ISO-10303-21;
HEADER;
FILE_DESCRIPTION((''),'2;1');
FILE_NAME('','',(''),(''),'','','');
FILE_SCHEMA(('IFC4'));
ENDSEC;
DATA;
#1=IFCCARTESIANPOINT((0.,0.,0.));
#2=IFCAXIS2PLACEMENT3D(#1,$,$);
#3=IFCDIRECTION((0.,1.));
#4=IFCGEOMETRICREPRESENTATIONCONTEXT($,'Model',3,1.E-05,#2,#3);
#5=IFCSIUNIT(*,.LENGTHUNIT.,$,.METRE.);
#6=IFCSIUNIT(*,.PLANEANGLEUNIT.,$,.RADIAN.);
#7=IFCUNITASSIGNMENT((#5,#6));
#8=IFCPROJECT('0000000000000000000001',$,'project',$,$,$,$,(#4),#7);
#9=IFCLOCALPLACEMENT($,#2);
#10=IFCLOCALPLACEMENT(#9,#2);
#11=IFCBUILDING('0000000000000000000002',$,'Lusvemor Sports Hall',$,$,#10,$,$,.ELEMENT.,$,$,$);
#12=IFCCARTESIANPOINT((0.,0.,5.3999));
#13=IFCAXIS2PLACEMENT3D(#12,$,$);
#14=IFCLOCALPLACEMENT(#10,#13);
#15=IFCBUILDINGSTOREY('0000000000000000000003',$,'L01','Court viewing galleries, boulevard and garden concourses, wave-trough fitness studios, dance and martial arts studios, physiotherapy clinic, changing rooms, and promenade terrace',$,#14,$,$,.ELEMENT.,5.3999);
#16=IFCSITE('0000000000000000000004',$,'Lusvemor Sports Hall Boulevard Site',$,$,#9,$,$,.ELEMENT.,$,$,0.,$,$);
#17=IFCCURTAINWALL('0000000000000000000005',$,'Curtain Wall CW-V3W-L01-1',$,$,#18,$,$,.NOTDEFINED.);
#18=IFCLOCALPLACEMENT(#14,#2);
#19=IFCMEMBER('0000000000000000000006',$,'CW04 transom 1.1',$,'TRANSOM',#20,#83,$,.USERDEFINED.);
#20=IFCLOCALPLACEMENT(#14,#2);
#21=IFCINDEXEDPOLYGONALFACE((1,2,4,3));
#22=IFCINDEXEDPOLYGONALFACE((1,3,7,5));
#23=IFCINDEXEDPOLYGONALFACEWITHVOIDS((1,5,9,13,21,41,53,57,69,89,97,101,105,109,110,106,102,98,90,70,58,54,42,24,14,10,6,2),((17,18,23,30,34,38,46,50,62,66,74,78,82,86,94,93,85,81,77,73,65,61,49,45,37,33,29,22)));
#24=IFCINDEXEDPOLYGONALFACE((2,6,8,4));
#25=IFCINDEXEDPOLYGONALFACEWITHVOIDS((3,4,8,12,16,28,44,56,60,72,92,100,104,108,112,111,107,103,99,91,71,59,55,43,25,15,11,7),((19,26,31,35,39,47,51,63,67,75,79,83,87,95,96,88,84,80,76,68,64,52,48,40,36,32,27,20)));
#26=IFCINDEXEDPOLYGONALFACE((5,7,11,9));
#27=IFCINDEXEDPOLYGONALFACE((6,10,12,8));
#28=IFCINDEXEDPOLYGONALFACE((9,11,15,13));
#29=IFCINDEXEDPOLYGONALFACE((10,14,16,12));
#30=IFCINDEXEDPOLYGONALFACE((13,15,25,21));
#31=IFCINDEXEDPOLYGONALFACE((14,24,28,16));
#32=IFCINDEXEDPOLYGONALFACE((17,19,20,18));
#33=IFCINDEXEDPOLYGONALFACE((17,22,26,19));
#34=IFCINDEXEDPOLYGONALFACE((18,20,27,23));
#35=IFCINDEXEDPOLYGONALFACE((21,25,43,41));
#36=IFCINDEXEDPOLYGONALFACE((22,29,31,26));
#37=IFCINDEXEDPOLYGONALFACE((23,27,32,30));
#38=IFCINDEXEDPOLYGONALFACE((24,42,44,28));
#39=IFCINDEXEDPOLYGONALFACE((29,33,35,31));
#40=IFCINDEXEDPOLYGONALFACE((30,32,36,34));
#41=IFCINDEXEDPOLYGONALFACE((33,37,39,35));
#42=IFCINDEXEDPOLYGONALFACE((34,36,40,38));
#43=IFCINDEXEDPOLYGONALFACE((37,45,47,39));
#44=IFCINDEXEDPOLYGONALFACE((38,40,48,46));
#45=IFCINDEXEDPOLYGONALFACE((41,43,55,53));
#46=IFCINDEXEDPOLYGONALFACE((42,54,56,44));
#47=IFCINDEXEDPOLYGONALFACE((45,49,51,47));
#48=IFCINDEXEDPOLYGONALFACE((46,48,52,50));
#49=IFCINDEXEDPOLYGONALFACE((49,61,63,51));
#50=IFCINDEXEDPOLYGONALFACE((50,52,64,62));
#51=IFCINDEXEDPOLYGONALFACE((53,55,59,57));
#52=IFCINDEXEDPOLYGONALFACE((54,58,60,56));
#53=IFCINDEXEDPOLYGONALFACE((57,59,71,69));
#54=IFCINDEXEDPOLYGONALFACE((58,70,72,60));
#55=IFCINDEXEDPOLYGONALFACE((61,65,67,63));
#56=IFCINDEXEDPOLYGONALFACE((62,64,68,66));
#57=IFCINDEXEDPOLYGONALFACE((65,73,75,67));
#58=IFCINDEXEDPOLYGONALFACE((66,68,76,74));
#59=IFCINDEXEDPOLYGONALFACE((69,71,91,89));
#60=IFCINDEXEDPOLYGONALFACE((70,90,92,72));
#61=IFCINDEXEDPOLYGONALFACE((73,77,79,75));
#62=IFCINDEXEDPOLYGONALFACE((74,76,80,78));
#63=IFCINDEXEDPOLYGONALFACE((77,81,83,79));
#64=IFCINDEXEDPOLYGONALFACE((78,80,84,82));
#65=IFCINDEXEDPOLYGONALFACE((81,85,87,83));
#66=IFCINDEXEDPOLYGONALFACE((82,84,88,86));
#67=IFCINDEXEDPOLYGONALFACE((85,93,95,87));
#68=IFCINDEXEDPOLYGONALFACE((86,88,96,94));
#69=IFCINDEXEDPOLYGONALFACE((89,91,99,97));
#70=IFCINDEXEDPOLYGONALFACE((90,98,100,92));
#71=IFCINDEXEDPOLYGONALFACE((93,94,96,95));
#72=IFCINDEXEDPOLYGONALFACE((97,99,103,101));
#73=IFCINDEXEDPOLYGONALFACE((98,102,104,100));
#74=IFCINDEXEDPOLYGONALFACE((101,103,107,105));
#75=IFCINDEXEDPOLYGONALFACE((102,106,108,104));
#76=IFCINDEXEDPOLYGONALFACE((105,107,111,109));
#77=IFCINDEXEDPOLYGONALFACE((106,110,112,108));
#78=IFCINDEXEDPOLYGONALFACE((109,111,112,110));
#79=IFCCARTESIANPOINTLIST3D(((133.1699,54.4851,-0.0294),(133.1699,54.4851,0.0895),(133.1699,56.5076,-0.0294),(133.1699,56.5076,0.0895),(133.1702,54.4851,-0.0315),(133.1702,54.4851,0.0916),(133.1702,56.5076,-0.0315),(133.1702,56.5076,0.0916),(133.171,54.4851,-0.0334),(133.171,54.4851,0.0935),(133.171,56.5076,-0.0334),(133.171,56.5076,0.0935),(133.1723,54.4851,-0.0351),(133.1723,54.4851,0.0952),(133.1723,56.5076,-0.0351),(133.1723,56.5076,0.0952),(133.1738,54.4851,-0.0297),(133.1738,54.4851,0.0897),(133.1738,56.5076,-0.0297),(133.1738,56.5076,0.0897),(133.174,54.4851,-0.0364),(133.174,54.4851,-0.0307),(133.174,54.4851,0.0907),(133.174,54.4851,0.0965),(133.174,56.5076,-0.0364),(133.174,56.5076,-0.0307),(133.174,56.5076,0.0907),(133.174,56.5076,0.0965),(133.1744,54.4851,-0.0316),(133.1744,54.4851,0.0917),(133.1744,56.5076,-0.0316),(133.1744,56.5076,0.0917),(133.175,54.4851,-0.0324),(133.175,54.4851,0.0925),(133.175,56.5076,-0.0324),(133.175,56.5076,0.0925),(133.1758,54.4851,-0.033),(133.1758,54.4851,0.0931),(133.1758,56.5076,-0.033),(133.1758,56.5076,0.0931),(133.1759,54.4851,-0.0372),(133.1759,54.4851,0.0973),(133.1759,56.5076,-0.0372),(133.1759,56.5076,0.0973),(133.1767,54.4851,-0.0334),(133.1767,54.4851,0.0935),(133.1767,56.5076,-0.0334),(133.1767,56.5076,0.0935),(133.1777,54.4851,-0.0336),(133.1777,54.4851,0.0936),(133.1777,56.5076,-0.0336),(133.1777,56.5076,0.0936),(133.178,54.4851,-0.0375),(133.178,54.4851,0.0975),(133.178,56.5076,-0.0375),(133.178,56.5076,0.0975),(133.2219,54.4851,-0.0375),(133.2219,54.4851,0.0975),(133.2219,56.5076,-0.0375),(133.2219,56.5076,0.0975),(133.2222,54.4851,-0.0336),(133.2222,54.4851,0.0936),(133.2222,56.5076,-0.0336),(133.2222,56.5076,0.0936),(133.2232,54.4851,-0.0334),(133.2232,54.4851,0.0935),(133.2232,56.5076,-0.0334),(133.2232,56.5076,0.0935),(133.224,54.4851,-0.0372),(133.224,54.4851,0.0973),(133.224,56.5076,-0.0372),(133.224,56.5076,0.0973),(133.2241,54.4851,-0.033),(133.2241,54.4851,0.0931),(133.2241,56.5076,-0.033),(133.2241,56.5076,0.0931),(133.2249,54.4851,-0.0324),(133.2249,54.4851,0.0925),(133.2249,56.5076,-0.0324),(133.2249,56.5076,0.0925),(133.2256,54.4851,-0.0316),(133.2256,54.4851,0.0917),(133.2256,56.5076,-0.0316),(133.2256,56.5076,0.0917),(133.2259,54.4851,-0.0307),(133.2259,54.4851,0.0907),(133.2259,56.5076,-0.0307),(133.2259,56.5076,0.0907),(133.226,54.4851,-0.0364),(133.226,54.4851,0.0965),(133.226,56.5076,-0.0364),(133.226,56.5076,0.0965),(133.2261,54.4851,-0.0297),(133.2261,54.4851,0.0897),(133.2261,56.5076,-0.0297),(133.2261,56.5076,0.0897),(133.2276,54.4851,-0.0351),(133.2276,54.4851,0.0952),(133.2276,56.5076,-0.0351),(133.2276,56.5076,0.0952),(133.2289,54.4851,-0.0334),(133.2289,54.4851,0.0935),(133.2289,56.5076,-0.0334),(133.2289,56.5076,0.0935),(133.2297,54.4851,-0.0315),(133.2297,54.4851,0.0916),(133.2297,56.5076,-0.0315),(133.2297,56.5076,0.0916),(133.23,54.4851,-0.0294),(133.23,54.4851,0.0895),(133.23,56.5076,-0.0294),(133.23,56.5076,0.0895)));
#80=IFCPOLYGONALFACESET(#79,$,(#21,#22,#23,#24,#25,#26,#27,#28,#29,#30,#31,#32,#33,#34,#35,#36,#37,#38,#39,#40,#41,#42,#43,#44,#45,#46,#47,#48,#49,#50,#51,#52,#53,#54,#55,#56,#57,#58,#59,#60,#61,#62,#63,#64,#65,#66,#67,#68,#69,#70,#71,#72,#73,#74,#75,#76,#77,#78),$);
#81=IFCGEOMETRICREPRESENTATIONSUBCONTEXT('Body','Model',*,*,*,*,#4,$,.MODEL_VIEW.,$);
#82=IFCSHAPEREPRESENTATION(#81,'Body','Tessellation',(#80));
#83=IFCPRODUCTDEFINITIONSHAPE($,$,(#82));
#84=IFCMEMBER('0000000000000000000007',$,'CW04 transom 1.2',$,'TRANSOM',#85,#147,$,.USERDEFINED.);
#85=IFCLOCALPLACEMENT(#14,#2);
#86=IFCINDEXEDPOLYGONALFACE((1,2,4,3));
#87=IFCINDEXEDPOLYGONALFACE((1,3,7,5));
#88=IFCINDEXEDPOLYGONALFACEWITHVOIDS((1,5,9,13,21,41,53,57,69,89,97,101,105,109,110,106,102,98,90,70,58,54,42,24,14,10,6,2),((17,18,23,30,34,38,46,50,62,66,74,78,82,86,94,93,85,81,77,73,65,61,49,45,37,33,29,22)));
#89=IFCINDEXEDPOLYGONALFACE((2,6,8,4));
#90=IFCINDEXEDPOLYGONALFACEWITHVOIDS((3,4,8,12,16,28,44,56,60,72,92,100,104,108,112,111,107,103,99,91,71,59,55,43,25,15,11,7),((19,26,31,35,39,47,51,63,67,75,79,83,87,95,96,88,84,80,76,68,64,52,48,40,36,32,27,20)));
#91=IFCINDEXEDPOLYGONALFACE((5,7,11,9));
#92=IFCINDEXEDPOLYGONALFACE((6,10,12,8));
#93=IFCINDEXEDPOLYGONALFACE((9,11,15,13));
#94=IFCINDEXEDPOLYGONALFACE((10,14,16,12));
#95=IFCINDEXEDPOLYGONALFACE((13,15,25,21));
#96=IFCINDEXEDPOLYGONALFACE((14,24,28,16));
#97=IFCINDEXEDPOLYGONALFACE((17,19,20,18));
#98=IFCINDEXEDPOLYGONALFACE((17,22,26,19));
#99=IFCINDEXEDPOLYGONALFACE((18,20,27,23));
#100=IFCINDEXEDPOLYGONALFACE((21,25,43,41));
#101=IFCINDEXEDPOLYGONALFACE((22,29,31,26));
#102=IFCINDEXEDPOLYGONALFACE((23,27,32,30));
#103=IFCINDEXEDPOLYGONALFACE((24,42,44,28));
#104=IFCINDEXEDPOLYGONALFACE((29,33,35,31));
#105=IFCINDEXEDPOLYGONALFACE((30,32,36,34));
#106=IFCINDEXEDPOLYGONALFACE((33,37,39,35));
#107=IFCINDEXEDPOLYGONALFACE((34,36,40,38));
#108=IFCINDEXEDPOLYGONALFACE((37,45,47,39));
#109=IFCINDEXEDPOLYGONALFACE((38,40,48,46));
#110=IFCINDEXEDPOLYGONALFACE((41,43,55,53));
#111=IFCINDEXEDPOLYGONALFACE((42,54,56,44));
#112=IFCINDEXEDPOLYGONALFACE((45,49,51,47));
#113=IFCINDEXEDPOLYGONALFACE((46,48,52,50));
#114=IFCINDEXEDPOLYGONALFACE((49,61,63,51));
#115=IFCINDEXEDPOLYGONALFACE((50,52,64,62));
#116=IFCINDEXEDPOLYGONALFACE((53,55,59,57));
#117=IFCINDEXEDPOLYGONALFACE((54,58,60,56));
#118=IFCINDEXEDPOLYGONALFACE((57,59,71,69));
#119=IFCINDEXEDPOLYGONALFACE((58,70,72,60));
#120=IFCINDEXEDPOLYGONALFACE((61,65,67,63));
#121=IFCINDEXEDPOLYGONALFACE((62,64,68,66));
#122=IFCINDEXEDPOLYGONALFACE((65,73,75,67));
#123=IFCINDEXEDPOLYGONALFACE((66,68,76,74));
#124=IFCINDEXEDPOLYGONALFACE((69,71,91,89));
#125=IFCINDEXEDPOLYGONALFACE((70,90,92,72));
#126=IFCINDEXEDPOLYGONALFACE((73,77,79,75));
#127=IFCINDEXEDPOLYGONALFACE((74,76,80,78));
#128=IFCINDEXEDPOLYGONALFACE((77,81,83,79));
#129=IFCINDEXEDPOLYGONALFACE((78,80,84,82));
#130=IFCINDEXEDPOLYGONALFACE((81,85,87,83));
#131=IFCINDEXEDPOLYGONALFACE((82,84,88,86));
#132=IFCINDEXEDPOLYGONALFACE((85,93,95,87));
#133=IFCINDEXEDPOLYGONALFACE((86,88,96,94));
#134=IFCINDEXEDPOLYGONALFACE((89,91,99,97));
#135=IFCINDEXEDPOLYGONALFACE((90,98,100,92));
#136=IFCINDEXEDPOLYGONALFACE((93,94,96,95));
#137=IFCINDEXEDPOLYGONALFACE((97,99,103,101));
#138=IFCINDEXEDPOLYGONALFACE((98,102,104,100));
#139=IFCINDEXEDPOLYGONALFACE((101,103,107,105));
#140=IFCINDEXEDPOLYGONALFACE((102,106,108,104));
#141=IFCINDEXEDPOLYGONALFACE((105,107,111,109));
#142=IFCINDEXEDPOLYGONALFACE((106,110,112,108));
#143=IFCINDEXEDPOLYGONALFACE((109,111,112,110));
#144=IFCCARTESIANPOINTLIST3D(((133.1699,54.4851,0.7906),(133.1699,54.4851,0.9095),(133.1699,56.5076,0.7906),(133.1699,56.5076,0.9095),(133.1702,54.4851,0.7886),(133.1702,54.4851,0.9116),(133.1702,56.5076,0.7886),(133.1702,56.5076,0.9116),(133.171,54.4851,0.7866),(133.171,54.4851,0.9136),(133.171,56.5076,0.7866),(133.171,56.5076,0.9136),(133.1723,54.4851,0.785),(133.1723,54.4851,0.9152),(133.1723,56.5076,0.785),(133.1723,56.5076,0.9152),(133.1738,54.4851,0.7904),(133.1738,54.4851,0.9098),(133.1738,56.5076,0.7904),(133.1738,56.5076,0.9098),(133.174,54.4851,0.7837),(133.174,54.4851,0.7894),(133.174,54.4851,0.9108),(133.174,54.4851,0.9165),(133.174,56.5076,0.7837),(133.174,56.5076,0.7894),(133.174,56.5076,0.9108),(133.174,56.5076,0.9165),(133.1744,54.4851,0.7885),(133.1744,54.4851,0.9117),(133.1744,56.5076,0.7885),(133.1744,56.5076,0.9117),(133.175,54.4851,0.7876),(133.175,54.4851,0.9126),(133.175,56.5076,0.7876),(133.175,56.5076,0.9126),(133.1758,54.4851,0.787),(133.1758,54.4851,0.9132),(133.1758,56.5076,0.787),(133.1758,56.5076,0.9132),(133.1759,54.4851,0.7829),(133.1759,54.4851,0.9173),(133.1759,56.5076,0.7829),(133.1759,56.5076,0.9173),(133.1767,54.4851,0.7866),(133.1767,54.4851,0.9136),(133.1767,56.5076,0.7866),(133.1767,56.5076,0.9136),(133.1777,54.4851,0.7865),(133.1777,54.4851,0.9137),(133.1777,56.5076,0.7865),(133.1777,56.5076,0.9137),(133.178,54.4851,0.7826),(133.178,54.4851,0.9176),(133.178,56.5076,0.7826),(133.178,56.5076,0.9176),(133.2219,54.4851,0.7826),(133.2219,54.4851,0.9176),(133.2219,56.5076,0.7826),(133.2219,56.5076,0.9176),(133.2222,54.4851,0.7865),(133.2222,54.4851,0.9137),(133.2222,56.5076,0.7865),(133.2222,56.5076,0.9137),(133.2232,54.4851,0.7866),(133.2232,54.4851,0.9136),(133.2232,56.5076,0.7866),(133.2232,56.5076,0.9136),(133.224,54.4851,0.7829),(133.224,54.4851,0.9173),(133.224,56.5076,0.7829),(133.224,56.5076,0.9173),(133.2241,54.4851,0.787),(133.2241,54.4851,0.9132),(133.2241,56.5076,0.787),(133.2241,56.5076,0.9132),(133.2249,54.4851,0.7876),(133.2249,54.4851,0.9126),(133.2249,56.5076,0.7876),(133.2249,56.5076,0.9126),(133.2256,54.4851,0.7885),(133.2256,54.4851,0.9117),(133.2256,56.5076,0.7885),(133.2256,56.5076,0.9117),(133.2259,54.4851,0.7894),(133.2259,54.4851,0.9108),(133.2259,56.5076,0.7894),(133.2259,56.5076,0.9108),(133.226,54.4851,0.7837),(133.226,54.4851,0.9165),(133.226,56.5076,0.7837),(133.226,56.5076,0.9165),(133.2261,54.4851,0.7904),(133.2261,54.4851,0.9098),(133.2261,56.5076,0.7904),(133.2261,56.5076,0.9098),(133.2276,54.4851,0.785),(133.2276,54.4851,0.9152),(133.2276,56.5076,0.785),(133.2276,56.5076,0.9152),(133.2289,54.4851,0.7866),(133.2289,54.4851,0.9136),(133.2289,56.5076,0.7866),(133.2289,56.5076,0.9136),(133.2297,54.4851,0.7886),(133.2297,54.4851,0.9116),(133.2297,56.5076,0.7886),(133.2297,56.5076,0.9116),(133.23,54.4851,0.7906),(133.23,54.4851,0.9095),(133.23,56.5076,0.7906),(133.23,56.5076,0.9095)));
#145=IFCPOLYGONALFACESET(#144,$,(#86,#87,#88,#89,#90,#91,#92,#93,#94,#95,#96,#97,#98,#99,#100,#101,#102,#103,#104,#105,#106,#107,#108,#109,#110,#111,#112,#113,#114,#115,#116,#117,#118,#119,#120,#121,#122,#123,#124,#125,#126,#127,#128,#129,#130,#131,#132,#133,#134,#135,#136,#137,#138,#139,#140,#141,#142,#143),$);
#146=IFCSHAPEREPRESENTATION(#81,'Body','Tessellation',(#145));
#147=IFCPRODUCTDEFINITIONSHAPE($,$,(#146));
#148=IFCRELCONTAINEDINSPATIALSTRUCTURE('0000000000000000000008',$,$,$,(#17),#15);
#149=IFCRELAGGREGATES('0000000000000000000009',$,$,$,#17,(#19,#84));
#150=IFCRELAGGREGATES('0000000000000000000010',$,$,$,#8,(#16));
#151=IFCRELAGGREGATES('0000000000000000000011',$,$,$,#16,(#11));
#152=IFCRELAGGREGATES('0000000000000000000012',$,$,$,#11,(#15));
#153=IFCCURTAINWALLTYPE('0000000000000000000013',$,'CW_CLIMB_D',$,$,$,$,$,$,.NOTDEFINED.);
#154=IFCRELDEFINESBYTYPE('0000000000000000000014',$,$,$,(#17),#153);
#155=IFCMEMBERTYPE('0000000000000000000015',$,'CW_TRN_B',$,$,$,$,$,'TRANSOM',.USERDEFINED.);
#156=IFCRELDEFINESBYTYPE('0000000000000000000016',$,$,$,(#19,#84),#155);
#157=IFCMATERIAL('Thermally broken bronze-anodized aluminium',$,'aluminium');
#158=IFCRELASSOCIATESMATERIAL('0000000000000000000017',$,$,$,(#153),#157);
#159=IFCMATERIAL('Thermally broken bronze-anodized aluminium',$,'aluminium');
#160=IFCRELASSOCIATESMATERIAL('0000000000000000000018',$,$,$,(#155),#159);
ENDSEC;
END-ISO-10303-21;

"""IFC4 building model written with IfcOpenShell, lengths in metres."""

from ifc_helpers import new_model, si_unit, direction, frame, origin, origin_2d, place, context, subcontext, project, spatial, hollow_rectangle, extrude, material, material_profile, profile_set, type_object, element, aggregate, save


model = new_model("IFC4")

# Units and contexts
model_context = context("Model", 3, precision=1e-05, world=origin(), true_north=direction((0.0, 1.0)))
body_context = subcontext(model_context, "Body", "Model", "MODEL_VIEW")
ifc_project = project(units=[si_unit("LENGTHUNIT", "METRE"), si_unit("PLANEANGLEUNIT", "RADIAN")], contexts=[model_context])

# Site, building, storey
site_placement = place(None, origin())
site = spatial("IfcSite", under=ifc_project, at=site_placement, Name="Lusvemor Sports Hall Boulevard Site", CompositionType="ELEMENT", RefElevation=0.0)
building_placement = place(site_placement, origin())
building = spatial("IfcBuilding", under=site, at=building_placement, Name="Lusvemor Sports Hall", CompositionType="ELEMENT")
storey_placement = place(building_placement, frame((0.0, 0.0, 5.3999)))
storey = spatial("IfcBuildingStorey", under=building, at=storey_placement, Name="L01", Description="Court viewing galleries, boulevard and garden concourses, wave-trough fitness studios, dance and martial arts studios, physiotherapy clinic, changing rooms, and promenade terrace", CompositionType="ELEMENT", Elevation=5.3999)

# Shared definitions
ifc_material_1 = material(Name="Thermally broken bronze-anodized aluminium", Category="aluminium")
curtain_wall_type = type_object("IfcCurtainWallType", Name="CW_CLIMB_D", PredefinedType="NOTDEFINED", material=ifc_material_1)

# Curtain wall
curtain_wall_1_placement = place(storey_placement, origin())
curtain_wall_1 = element("IfcCurtainWall", 1, at=curtain_wall_1_placement, inside=storey, type_object=curtain_wall_type, Name="Curtain Wall CW-V3W-L01-1", PredefinedType="NOTDEFINED")

# Members
ifc_material_2 = material(Name="Thermally broken bronze-anodized aluminium", Category="aluminium")
ifc_material_profile_1 = material_profile(ifc_material_2, hollow_rectangle(XDim=0.0601, YDim=0.135, WallThickness=0.0039, InnerFilletRadius=0.0039, OuterFilletRadius=0.0081, at=origin_2d()), Name="CWTRN135x60x4")
ifc_profile_set_1 = profile_set([ifc_material_profile_1], Name="Thermally broken bronze-anodized aluminium")
member_type_1 = type_object("IfcMemberType", Name="CW_TRN_B", ElementType="TRANSOM", PredefinedType="USERDEFINED", material=ifc_profile_set_1)
member_1_placement = place(storey_placement, frame((133.2, 54.4851, 0.03), z_axis=(0.0, 1.0, 0.0), x_axis=(-1.0, 0.0, 0.0)))
member_1 = element("IfcMember", 2, at=member_1_placement, type_object=member_type_1, Name="CW04 transom 1.1", ObjectType="TRANSOM", PredefinedType="USERDEFINED", context=body_context, shape_type="SweptSolid", body=[
    extrude(hollow_rectangle(XDim=0.0601, YDim=0.135, WallThickness=0.0039, InnerFilletRadius=0.0039, OuterFilletRadius=0.0081, at=origin_2d()), origin(), (0.0, 0.0, 1.0), 2.0225),
])
member_2_placement = place(storey_placement, frame((133.2, 54.4851, 0.8501), z_axis=(0.0, 1.0, 0.0), x_axis=(-1.0, 0.0, 0.0)))
member_2 = element("IfcMember", 3, at=member_2_placement, type_object=member_type_1, Name="CW04 transom 1.2", ObjectType="TRANSOM", PredefinedType="USERDEFINED", context=body_context, shape_type="SweptSolid", body=[
    extrude(hollow_rectangle(XDim=0.0601, YDim=0.135, WallThickness=0.0039, InnerFilletRadius=0.0039, OuterFilletRadius=0.0081, at=origin_2d()), origin(), (0.0, 0.0, 1.0), 2.0225),
])

aggregate(curtain_wall_1, [member_1, member_2])

save(model, "model.ifc")
